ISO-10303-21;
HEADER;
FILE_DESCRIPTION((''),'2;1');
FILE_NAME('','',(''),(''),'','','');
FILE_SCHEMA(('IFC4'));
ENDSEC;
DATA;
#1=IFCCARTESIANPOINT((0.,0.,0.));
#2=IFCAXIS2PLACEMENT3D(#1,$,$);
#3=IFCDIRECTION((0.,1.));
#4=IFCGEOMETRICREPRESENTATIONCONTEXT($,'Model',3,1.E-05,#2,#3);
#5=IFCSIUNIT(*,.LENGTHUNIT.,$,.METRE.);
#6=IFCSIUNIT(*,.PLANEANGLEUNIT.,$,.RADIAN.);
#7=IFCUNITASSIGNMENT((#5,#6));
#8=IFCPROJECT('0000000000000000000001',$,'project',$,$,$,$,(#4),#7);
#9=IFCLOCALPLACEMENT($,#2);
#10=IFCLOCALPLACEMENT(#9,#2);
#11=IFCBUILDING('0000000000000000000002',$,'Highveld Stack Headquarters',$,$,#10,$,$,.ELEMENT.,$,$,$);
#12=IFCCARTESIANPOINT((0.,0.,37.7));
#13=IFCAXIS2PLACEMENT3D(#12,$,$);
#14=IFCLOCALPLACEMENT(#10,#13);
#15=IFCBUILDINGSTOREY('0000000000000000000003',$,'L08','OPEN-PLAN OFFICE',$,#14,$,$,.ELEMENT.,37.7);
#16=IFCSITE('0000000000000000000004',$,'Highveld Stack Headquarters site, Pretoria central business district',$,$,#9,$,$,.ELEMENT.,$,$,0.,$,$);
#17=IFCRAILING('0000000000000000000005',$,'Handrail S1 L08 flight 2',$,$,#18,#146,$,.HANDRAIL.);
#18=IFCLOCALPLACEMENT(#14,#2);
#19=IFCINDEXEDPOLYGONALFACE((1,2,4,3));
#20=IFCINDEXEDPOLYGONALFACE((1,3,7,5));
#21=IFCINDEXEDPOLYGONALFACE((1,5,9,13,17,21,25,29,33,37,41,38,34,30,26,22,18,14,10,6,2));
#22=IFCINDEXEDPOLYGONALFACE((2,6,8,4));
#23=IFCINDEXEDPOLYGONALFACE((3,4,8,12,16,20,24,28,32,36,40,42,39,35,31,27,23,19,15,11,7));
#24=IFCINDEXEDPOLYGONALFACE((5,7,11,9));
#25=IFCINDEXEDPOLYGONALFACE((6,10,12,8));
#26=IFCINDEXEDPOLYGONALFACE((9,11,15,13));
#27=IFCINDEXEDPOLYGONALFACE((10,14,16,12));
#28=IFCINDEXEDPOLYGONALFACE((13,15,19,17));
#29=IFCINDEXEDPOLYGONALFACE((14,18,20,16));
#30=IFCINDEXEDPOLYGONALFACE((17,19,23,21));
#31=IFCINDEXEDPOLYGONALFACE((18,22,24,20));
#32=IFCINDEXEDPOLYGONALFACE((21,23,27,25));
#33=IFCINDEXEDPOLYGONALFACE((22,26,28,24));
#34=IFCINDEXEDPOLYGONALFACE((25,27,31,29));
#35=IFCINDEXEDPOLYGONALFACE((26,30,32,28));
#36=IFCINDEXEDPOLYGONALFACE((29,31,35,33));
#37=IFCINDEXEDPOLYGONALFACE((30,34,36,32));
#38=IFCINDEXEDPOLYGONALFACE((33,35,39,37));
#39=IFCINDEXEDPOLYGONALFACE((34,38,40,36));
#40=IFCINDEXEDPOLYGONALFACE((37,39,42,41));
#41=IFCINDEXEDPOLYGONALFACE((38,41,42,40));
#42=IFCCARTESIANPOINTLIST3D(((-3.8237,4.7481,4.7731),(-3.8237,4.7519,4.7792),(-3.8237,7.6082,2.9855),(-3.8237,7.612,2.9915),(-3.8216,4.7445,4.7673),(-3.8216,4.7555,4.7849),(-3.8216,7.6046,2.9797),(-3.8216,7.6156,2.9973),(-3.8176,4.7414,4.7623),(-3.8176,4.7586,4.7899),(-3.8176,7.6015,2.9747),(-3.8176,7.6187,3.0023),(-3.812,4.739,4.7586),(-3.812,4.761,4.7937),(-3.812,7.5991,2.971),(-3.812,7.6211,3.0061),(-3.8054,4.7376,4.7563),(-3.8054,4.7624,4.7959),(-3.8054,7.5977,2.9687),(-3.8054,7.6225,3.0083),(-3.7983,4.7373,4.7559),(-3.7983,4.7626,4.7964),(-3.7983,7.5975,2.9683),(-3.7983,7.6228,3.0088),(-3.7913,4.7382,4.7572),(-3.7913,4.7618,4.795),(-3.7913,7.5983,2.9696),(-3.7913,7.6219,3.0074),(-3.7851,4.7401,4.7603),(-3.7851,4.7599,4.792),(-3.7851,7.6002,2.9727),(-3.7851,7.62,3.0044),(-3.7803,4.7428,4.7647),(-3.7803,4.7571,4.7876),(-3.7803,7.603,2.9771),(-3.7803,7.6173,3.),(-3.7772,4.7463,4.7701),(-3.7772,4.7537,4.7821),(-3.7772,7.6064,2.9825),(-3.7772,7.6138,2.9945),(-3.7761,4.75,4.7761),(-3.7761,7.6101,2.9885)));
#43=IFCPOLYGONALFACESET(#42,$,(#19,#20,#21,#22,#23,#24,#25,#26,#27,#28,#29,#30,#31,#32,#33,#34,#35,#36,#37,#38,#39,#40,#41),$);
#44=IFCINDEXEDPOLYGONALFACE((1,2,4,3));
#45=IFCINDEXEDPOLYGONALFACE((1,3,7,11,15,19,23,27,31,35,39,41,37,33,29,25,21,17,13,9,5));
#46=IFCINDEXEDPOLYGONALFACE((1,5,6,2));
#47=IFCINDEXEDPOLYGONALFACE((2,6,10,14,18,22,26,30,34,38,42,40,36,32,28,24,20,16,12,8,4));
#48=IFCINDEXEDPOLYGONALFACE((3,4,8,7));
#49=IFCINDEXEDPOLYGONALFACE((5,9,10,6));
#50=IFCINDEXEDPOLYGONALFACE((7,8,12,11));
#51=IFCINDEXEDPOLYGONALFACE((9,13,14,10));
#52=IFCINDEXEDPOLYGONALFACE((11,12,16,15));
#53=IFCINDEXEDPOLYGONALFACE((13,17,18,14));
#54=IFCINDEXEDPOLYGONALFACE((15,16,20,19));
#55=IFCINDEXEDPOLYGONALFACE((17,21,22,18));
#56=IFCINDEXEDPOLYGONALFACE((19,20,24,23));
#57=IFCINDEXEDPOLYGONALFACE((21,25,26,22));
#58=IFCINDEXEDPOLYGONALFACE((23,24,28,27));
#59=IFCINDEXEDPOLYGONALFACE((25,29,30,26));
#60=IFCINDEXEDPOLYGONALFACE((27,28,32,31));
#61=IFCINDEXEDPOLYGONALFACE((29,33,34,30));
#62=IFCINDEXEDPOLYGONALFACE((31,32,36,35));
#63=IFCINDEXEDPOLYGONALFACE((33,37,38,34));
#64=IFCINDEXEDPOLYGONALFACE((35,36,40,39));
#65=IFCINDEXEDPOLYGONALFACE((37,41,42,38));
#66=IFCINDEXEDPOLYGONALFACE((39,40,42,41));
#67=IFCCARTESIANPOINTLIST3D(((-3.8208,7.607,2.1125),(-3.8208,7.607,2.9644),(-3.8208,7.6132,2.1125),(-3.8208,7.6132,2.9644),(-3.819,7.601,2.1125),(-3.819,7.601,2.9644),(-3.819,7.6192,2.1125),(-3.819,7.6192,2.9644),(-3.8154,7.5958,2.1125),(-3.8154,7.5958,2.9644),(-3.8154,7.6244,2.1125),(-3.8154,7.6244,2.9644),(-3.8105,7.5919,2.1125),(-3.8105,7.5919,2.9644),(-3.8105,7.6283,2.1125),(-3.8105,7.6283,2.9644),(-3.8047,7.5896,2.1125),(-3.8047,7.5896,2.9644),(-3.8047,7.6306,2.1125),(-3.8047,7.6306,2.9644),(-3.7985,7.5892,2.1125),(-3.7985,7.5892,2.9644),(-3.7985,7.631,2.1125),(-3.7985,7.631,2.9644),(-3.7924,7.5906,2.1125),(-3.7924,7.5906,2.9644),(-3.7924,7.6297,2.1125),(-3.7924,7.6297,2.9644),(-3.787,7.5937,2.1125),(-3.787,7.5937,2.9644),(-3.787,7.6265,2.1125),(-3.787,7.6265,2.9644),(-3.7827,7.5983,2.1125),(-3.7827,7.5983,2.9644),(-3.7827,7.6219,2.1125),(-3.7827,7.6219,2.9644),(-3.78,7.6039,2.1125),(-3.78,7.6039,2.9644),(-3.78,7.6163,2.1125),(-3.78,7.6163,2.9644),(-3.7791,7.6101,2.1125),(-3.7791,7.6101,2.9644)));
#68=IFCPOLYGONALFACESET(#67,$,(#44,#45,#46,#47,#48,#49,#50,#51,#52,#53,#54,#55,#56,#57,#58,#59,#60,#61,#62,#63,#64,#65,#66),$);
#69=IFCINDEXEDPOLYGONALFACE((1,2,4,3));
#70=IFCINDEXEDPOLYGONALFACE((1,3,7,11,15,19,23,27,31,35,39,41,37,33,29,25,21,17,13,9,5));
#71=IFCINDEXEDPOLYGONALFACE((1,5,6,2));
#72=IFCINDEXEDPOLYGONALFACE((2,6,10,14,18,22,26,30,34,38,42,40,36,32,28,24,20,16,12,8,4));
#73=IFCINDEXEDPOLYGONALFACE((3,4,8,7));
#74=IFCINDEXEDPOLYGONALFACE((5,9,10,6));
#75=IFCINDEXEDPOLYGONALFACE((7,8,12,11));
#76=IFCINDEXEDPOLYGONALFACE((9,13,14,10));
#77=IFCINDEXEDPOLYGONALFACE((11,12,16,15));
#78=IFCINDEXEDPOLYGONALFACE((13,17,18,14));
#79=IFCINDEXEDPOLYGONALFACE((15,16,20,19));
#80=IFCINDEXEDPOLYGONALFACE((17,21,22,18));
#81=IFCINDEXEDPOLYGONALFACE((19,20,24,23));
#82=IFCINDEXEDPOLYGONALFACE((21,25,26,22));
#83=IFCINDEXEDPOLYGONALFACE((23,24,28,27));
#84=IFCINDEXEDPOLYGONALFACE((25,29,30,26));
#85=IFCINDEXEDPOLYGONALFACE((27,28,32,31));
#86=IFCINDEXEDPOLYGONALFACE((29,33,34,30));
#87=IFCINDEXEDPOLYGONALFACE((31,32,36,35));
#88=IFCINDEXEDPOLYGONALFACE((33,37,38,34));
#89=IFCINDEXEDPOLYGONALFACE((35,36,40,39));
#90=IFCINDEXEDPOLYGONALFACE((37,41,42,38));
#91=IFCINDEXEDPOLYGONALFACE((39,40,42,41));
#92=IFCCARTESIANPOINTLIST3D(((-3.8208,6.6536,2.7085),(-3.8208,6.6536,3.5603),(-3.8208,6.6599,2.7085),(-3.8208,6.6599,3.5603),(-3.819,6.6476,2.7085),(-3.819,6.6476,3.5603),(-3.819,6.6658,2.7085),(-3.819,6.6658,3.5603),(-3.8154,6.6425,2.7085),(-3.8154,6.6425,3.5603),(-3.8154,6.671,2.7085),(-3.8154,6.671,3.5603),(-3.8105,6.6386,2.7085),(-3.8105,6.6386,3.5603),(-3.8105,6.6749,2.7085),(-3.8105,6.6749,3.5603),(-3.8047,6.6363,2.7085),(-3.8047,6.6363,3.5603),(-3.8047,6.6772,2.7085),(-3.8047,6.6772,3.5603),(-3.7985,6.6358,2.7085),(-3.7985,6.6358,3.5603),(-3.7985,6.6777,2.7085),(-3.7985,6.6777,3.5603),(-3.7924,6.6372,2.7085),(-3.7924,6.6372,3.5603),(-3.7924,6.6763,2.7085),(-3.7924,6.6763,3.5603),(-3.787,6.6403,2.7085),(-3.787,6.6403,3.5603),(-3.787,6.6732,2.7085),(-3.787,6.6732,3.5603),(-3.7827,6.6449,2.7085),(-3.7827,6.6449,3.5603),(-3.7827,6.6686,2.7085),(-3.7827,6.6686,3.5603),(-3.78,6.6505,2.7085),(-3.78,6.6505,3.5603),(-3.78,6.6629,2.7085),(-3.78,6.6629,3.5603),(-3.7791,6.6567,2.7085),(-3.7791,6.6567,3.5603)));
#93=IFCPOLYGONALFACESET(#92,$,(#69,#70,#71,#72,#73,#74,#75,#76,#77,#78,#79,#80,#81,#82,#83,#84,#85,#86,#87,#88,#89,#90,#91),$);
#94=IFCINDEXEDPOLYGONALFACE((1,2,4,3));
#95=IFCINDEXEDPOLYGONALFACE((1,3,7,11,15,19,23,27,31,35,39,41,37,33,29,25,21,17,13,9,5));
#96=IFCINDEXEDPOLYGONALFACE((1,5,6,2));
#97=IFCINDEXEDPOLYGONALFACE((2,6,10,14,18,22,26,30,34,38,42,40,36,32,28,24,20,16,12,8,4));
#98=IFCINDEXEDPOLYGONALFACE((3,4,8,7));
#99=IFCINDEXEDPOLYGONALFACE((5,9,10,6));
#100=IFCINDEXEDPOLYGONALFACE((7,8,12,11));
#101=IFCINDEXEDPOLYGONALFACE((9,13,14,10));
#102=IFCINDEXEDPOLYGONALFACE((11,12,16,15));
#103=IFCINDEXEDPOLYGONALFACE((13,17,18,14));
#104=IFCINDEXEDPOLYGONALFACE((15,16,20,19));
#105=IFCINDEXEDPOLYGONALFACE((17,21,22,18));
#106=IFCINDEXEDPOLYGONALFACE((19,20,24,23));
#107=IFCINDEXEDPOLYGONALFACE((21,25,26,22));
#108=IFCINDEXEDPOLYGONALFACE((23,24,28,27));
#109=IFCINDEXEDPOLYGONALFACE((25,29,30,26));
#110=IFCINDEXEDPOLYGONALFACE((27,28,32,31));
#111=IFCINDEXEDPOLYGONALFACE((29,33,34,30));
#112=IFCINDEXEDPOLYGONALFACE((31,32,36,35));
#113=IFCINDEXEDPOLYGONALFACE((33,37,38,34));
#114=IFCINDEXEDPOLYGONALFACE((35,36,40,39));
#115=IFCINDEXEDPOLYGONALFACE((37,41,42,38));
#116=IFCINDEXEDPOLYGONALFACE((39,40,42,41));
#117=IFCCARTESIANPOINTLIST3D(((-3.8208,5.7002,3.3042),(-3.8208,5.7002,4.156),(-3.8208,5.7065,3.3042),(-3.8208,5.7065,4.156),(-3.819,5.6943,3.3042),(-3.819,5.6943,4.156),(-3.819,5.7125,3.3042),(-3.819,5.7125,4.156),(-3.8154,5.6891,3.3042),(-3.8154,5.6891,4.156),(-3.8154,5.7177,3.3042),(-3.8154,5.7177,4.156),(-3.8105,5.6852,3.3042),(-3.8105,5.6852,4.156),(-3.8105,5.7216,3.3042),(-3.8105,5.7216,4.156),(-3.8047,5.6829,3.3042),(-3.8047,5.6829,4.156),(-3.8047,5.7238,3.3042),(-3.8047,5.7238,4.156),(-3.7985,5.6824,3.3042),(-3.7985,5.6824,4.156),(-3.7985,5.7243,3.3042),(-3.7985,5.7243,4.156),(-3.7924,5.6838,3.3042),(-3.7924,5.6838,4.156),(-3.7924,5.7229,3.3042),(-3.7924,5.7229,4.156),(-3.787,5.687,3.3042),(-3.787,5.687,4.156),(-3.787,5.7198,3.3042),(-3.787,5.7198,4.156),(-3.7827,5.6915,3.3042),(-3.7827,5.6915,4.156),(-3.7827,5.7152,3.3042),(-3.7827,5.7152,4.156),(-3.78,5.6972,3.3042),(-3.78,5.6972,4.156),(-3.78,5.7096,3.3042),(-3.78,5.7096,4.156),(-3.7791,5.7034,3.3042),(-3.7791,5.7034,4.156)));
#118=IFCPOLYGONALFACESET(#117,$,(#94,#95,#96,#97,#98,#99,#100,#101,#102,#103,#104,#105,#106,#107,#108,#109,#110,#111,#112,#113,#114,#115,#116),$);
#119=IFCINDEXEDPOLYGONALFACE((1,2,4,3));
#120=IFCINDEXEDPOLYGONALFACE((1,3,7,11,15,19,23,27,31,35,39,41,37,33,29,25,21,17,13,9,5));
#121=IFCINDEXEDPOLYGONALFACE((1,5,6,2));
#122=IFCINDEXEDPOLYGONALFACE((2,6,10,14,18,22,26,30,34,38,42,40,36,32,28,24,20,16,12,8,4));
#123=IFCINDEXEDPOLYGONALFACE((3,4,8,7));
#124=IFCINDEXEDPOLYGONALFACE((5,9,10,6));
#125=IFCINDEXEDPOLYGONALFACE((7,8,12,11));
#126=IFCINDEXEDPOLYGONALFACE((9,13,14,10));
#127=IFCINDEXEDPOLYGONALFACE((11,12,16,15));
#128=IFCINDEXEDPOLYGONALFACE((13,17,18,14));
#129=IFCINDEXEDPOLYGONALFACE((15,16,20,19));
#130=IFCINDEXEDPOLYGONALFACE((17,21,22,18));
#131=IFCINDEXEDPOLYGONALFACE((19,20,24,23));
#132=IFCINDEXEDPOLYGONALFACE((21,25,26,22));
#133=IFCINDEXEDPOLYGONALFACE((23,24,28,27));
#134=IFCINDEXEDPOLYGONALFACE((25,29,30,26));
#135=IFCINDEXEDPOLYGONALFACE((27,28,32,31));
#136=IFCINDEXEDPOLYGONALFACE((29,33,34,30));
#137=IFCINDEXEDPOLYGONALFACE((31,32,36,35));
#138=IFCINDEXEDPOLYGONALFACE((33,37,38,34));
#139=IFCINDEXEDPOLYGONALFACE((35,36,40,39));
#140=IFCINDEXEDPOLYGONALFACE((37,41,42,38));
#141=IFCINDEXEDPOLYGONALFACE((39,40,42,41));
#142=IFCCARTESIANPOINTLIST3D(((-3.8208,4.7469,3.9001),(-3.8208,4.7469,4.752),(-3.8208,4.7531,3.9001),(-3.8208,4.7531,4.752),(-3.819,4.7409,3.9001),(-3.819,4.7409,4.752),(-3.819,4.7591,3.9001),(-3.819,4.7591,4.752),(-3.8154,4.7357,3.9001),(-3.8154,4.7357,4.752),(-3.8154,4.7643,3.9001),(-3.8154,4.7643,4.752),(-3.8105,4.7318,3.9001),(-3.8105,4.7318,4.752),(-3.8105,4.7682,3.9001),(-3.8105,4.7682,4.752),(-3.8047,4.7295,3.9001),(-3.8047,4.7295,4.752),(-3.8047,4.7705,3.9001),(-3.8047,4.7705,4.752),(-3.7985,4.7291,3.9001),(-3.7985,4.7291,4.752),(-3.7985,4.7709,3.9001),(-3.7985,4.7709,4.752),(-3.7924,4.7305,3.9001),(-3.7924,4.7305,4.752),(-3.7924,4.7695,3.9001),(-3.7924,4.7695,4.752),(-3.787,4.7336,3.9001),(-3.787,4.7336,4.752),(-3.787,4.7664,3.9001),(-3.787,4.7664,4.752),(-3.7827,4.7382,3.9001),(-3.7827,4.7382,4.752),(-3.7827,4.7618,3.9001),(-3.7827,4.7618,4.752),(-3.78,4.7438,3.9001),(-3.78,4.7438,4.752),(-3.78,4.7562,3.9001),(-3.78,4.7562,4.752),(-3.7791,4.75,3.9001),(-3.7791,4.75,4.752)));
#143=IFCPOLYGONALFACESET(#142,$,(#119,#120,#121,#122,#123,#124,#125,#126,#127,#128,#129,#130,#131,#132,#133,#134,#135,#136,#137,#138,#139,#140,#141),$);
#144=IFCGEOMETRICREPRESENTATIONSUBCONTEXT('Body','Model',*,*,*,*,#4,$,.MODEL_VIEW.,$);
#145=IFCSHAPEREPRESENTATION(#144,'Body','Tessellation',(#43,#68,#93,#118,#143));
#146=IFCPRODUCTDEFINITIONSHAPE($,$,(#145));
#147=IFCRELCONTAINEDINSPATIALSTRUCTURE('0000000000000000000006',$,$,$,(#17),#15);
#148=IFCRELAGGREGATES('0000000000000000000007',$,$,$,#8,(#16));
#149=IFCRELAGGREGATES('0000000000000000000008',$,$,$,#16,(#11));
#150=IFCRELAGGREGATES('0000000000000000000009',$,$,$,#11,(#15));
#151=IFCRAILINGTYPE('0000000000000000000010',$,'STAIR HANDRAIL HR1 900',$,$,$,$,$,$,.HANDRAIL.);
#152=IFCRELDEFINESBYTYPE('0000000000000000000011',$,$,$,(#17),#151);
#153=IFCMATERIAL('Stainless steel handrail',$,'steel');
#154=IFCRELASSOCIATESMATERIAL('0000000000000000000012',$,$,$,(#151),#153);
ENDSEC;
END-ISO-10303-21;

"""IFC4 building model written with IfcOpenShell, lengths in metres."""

from ifc_helpers import new_model, si_unit, direction, frame, origin, origin_2d, place, context, subcontext, project, spatial, circle, extrude, material, type_object, element, save


model = new_model("IFC4")

# Units and contexts
model_context = context("Model", 3, precision=1e-05, world=origin(), true_north=direction((0.0, 1.0)))
body_context = subcontext(model_context, "Body", "Model", "MODEL_VIEW")
ifc_project = project(units=[si_unit("LENGTHUNIT", "METRE"), si_unit("PLANEANGLEUNIT", "RADIAN")], contexts=[model_context])

# Site, building, storey
site_placement = place(None, origin())
site = spatial("IfcSite", under=ifc_project, at=site_placement, Name="Highveld Stack Headquarters site, Pretoria central business district", CompositionType="ELEMENT", RefElevation=0.0)
building_placement = place(site_placement, origin())
building = spatial("IfcBuilding", under=site, at=building_placement, Name="Highveld Stack Headquarters", CompositionType="ELEMENT")
storey_placement = place(building_placement, frame((0.0, 0.0, 37.7)))
storey = spatial("IfcBuildingStorey", under=building, at=storey_placement, Name="L08", Description="OPEN-PLAN OFFICE", CompositionType="ELEMENT", Elevation=37.7)

# Railing
ifc_material_1 = material(Name="Stainless steel handrail", Category="steel")
railing_type = type_object("IfcRailingType", Name="STAIR HANDRAIL HR1 900", PredefinedType="HANDRAIL", material=ifc_material_1)
for number, where, name in (
    (1, (-3.8, 7.6101, 2.1125), "Handrail S1 L08 flight 2"),
):
    element("IfcRailing", number, at=place(storey_placement, frame(where)), inside=storey, type_object=railing_type, Name=name, PredefinedType="HANDRAIL", context=body_context, shape_type="SweptSolid", body=[
        extrude(circle(Radius=0.0239, at=origin_2d()), frame((0.0, 0.0, 0.876), z_axis=(0.0, -0.847994, 0.530005), x_axis=(1.0, 0.0, 0.0)), (0.0, 0.0, 1.0), 3.3728),
        extrude(circle(Radius=0.021, at=origin_2d()), origin(), (0.0, 0.0, 1.0), 0.8518),
        extrude(circle(Radius=0.021, at=origin_2d()), frame((0.0, -0.9534, 0.5959)), (0.0, 0.0, 1.0), 0.8518),
        extrude(circle(Radius=0.021, at=origin_2d()), frame((0.0, -1.9067, 1.1917)), (0.0, 0.0, 1.0), 0.8518),
        extrude(circle(Radius=0.021, at=origin_2d()), frame((0.0, -2.8601, 1.7876)), (0.0, 0.0, 1.0), 0.8518),
    ])

save(model, "model.ifc")
